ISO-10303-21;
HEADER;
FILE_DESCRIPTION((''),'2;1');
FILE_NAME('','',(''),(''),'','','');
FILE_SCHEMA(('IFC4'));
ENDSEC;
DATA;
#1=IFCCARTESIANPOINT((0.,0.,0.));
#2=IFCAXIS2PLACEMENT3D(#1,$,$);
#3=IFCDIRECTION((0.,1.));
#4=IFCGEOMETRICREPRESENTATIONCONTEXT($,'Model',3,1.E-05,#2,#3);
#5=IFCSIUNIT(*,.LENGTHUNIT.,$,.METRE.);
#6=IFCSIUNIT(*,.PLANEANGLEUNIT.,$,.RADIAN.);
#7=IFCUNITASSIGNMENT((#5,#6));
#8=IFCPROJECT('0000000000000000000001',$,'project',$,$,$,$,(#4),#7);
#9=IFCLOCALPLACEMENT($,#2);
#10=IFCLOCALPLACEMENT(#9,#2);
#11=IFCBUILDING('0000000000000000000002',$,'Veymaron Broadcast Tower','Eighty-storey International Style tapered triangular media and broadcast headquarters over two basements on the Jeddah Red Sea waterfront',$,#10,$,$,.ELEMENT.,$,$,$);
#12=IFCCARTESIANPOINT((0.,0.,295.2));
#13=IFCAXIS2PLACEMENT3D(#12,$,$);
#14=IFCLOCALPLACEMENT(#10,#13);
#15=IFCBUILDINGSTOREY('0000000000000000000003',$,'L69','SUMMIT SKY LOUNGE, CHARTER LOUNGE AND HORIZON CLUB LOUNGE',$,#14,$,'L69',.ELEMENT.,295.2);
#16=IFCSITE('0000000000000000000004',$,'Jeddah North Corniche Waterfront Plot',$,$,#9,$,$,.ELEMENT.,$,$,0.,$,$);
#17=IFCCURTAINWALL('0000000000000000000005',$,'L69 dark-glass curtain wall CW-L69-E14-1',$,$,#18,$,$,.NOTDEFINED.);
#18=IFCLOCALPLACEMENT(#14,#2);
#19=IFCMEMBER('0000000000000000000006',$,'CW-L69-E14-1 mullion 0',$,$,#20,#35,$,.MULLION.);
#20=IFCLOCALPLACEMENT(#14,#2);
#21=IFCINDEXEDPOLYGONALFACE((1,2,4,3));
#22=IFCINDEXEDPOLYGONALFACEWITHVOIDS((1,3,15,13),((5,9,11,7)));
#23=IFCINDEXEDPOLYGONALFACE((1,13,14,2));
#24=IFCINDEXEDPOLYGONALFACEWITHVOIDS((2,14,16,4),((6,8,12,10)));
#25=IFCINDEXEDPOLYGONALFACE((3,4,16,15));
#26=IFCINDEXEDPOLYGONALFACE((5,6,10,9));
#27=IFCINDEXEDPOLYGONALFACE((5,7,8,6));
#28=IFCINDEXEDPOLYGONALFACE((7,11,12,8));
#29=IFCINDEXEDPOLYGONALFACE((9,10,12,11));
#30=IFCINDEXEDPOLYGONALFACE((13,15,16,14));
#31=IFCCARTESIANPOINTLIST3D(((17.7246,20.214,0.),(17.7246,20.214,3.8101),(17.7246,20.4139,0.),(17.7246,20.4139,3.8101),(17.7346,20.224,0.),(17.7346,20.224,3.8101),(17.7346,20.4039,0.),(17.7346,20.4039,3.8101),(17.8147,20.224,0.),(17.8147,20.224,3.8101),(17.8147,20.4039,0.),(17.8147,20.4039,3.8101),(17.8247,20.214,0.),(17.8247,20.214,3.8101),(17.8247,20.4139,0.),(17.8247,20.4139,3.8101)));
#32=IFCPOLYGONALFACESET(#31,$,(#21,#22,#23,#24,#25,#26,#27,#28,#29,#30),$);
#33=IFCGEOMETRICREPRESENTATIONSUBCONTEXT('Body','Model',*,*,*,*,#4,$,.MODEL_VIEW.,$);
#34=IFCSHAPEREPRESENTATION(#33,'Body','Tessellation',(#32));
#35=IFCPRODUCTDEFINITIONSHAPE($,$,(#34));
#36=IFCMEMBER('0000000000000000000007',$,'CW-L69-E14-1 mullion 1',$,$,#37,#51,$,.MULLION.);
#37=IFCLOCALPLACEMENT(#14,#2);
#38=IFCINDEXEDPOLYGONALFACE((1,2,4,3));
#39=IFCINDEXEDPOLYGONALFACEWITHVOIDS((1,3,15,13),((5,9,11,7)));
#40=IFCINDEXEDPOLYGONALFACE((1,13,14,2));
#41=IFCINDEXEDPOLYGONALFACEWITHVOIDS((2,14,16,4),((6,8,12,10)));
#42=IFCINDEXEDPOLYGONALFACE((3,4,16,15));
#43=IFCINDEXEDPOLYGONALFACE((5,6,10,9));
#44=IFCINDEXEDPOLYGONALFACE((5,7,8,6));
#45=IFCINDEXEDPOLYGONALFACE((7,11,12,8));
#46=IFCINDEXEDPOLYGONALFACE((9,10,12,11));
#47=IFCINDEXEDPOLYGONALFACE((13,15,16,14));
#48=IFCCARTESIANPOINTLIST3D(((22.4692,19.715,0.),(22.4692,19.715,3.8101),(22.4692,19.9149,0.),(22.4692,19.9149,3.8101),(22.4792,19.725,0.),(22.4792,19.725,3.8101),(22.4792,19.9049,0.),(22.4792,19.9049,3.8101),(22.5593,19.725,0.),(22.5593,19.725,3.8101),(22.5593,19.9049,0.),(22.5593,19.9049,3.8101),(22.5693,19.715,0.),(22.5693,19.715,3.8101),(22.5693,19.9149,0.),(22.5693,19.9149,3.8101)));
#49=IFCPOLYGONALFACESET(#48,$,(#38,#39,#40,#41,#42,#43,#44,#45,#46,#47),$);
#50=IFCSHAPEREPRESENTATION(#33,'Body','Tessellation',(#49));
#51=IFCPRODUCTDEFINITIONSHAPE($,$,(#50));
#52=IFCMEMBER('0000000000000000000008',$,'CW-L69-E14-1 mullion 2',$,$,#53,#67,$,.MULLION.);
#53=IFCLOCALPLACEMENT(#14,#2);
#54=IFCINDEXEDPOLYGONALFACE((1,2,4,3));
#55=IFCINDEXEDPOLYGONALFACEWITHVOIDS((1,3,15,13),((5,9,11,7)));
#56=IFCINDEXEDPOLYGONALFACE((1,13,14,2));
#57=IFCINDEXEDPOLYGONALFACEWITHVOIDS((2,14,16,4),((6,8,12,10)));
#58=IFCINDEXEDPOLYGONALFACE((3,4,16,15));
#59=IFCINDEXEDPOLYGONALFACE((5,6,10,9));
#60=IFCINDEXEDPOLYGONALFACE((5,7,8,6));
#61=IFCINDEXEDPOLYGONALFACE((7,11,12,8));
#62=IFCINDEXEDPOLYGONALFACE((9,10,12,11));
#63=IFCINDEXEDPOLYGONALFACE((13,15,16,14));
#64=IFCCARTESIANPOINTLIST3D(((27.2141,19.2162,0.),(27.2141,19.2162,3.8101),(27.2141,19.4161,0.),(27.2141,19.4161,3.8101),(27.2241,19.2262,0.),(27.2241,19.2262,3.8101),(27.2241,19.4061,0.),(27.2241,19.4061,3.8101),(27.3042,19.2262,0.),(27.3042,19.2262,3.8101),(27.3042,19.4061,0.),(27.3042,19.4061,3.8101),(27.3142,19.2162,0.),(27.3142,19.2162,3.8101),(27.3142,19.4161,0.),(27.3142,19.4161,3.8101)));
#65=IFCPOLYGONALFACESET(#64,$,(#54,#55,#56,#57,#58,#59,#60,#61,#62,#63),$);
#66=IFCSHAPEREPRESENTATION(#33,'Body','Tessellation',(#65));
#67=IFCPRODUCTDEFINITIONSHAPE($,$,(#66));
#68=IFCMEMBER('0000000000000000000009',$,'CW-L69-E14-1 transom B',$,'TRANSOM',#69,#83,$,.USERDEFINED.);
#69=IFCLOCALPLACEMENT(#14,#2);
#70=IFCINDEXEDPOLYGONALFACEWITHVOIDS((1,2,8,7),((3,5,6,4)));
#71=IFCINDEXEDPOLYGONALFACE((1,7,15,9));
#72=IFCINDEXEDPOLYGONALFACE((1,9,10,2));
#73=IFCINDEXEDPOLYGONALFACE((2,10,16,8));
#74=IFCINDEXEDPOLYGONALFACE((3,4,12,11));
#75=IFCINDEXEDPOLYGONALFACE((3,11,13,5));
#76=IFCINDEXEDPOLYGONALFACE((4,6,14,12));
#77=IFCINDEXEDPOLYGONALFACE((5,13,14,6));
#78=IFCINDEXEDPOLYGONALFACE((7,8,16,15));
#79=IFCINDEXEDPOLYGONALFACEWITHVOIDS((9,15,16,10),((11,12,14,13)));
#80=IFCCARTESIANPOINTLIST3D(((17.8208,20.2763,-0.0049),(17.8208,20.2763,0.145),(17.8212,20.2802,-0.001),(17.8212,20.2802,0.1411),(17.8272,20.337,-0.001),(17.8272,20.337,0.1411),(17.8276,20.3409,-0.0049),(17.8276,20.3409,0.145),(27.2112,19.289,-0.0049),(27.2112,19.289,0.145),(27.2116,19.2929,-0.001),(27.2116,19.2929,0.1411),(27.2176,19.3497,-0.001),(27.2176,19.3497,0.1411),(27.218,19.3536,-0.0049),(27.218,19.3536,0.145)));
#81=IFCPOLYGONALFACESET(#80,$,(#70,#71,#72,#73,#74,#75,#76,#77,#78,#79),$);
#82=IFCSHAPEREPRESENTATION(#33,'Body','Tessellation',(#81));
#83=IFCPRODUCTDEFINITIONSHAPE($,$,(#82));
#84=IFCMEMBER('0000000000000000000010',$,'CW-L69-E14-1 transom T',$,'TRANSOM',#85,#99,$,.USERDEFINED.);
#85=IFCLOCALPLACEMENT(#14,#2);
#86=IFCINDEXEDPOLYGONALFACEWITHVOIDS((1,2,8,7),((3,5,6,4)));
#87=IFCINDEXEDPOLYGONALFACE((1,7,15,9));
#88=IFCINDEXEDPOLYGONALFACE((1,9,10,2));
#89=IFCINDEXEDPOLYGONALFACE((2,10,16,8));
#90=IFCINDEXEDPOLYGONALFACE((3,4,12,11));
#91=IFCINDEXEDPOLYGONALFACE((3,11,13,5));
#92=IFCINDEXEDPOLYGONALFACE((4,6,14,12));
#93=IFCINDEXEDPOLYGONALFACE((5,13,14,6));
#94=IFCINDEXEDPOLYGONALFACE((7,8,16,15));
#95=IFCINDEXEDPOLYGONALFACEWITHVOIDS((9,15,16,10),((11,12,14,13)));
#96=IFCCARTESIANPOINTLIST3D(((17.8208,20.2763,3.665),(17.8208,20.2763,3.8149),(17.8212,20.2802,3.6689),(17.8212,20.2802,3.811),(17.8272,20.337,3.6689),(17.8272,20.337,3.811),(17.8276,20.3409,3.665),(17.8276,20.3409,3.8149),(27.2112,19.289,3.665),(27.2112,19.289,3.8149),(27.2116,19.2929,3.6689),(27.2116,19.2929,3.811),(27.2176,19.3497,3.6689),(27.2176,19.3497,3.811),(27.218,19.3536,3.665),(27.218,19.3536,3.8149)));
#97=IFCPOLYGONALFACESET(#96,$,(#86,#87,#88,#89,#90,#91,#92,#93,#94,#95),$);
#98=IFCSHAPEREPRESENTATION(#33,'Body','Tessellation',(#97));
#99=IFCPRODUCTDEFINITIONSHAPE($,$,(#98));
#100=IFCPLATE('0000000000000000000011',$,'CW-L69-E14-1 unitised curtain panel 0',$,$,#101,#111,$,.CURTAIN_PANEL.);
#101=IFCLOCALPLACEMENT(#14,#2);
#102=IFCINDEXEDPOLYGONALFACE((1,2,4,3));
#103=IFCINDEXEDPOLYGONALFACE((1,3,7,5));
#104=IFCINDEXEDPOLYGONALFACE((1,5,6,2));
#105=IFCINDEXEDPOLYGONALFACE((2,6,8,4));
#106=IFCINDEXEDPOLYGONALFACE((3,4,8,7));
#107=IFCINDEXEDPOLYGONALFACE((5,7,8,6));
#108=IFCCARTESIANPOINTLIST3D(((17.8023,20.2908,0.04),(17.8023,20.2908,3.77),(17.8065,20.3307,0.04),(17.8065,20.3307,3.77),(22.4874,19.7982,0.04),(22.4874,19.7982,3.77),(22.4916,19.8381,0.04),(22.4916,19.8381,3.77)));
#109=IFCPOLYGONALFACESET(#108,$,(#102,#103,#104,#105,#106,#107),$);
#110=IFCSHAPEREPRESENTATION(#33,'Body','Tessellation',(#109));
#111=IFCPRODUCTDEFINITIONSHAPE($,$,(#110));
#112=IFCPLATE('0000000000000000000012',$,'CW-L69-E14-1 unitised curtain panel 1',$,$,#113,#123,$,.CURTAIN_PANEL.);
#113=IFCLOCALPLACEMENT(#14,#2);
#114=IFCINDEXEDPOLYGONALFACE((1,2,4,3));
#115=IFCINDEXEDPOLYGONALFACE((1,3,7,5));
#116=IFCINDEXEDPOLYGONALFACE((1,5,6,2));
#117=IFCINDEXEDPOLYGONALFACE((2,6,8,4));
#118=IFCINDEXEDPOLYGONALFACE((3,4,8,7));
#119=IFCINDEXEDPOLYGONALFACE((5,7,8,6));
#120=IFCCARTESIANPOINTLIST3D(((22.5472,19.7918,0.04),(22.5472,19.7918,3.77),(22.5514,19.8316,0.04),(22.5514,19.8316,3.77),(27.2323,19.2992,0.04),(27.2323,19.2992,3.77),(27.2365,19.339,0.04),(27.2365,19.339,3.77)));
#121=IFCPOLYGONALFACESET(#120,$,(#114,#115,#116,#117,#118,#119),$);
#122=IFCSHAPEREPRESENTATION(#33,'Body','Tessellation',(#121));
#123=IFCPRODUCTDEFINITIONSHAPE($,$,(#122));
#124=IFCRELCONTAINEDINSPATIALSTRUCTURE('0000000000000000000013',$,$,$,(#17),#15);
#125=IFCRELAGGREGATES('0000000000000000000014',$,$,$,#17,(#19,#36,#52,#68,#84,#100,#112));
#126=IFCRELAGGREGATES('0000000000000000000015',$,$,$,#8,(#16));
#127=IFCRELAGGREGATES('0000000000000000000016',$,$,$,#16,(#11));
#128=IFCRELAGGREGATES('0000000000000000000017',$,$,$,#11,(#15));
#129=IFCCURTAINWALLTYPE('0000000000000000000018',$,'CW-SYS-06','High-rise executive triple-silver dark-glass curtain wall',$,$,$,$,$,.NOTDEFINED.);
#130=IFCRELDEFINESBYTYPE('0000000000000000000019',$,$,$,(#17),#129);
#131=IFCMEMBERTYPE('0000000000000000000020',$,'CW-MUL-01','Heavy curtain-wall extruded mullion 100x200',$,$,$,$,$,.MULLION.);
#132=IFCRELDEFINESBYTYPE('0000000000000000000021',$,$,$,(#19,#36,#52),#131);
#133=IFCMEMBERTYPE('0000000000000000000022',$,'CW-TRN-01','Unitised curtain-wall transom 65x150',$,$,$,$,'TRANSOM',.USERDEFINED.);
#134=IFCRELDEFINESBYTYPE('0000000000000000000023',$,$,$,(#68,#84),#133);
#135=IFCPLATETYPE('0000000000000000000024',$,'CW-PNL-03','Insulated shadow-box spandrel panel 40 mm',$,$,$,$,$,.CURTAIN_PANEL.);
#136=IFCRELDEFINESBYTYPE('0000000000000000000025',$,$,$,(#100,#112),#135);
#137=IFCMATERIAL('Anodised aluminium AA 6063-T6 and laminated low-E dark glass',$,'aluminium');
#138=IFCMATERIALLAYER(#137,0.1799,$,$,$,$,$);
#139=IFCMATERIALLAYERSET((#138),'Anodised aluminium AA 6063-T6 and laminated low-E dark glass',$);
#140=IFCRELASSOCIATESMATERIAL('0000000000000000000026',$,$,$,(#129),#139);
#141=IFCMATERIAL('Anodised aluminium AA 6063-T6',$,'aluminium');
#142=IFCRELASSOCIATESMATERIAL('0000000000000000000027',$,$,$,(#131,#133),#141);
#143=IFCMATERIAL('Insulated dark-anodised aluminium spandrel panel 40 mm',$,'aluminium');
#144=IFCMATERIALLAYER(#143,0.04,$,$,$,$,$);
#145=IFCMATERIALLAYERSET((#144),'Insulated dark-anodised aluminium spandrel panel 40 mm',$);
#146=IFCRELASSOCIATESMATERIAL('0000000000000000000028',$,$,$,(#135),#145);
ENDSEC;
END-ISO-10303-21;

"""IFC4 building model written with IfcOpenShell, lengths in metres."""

from ifc_helpers import new_model, si_unit, direction, frame, origin, origin_2d, place, context, subcontext, project, spatial, rectangle, hollow_rectangle, extrude, material, layer, layer_set, material_profile, profile_set, type_object, element, aggregate, save


model = new_model("IFC4")

# Units and contexts
model_context = context("Model", 3, precision=1e-05, world=origin(), true_north=direction((0.0, 1.0)))
body_context = subcontext(model_context, "Body", "Model", "MODEL_VIEW")
ifc_project = project(units=[si_unit("LENGTHUNIT", "METRE"), si_unit("PLANEANGLEUNIT", "RADIAN")], contexts=[model_context])

# Site, building, storey
site_placement = place(None, origin())
site = spatial("IfcSite", under=ifc_project, at=site_placement, Name="Jeddah North Corniche Waterfront Plot", CompositionType="ELEMENT", RefElevation=0.0)
building_placement = place(site_placement, origin())
building = spatial("IfcBuilding", under=site, at=building_placement, Name="Veymaron Broadcast Tower", Description="Eighty-storey International Style tapered triangular media and broadcast headquarters over two basements on the Jeddah Red Sea waterfront", CompositionType="ELEMENT")
storey_placement = place(building_placement, frame((0.0, 0.0, 295.2)))
storey = spatial("IfcBuildingStorey", under=building, at=storey_placement, Name="L69", Description="SUMMIT SKY LOUNGE, CHARTER LOUNGE AND HORIZON CLUB LOUNGE", LongName="L69", CompositionType="ELEMENT", Elevation=295.2)

# Curtain wall, members, plates
ifc_material_1 = material(Name="Anodised aluminium AA 6063-T6 and laminated low-E dark glass", Category="aluminium")
ifc_layer_1 = layer(ifc_material_1, 0.1799)
ifc_layer_set_1 = layer_set([ifc_layer_1], Name="Anodised aluminium AA 6063-T6 and laminated low-E dark glass")
curtain_wall_type = type_object("IfcCurtainWallType", Name="CW-SYS-06", Description="High-rise executive triple-silver dark-glass curtain wall", PredefinedType="NOTDEFINED", material=ifc_layer_set_1)
curtain_wall_placement = place(storey_placement, origin())
curtain_wall = element("IfcCurtainWall", 1, at=curtain_wall_placement, inside=storey, type_object=curtain_wall_type, Name="L69 dark-glass curtain wall CW-L69-E14-1", PredefinedType="NOTDEFINED")
ifc_material_2 = material(Name="Anodised aluminium AA 6063-T6", Category="aluminium")
ifc_material_profile_1 = material_profile(ifc_material_2, hollow_rectangle(XDim=0.1001, YDim=0.2, WallThickness=0.01, at=origin_2d()), Name="RHS200X100X10")
ifc_profile_set_1 = profile_set([ifc_material_profile_1], Name="Anodised aluminium AA 6063-T6")
member_type_1 = type_object("IfcMemberType", Name="CW-MUL-01", Description="Heavy curtain-wall extruded mullion 100x200", PredefinedType="MULLION", material=ifc_profile_set_1)
member_1_placement = place(storey_placement, frame((17.7747, 20.314, 0.0), z_axis=(0.0, 0.0, 1.0), x_axis=(1.0, 0.0, 0.0)))
member_1 = element("IfcMember", 2, at=member_1_placement, type_object=member_type_1, Name="CW-L69-E14-1 mullion 0", PredefinedType="MULLION", context=body_context, shape_type="SweptSolid", body=[
    extrude(hollow_rectangle(XDim=0.1001, YDim=0.2, WallThickness=0.01, at=origin_2d()), origin(), (0.0, 0.0, 1.0), 3.8101),
])
member_2_placement = place(storey_placement, frame((22.5193, 19.8149, 0.0), z_axis=(0.0, 0.0, 1.0), x_axis=(1.0, 0.0, 0.0)))
member_2 = element("IfcMember", 3, at=member_2_placement, type_object=member_type_1, Name="CW-L69-E14-1 mullion 1", PredefinedType="MULLION", context=body_context, shape_type="SweptSolid", body=[
    extrude(hollow_rectangle(XDim=0.1001, YDim=0.2, WallThickness=0.01, at=origin_2d()), origin(), (0.0, 0.0, 1.0), 3.8101),
])
member_3_placement = place(storey_placement, frame((27.2642, 19.3162, 0.0), z_axis=(0.0, 0.0, 1.0), x_axis=(1.0, 0.0, 0.0)))
member_3 = element("IfcMember", 4, at=member_3_placement, type_object=member_type_1, Name="CW-L69-E14-1 mullion 2", PredefinedType="MULLION", context=body_context, shape_type="SweptSolid", body=[
    extrude(hollow_rectangle(XDim=0.1001, YDim=0.2, WallThickness=0.01, at=origin_2d()), origin(), (0.0, 0.0, 1.0), 3.8101),
])
ifc_material_profile_2 = material_profile(ifc_material_2, hollow_rectangle(XDim=0.0649, YDim=0.1499, WallThickness=0.0039, at=origin_2d()), Name="AL150X65X4")
ifc_profile_set_2 = profile_set([ifc_material_profile_2], Name="Anodised aluminium AA 6063-T6")
member_type_2 = type_object("IfcMemberType", Name="CW-TRN-01", Description="Unitised curtain-wall transom 65x150", ElementType="TRANSOM", PredefinedType="USERDEFINED", material=ifc_profile_set_2)
member_4_placement = place(storey_placement, frame((17.8242, 20.3086, 0.0701), z_axis=(0.994518, -0.104564, 0.0), x_axis=(0.104564, 0.994518, 0.0)))
member_4 = element("IfcMember", 5, at=member_4_placement, type_object=member_type_2, Name="CW-L69-E14-1 transom B", ObjectType="TRANSOM", PredefinedType="USERDEFINED", context=body_context, shape_type="SweptSolid", body=[
    extrude(hollow_rectangle(XDim=0.0649, YDim=0.1499, WallThickness=0.0039, at=origin_2d()), origin(), (0.0, 0.0, 1.0), 9.4421),
])
member_5_placement = place(storey_placement, frame((17.8242, 20.3086, 3.74), z_axis=(0.994518, -0.104564, 0.0), x_axis=(0.104564, 0.994518, 0.0)))
member_5 = element("IfcMember", 6, at=member_5_placement, type_object=member_type_2, Name="CW-L69-E14-1 transom T", ObjectType="TRANSOM", PredefinedType="USERDEFINED", context=body_context, shape_type="SweptSolid", body=[
    extrude(hollow_rectangle(XDim=0.0649, YDim=0.1499, WallThickness=0.0039, at=origin_2d()), origin(), (0.0, 0.0, 1.0), 9.4421),
])
ifc_material_3 = material(Name="Insulated dark-anodised aluminium spandrel panel 40 mm", Category="aluminium")
ifc_layer_2 = layer(ifc_material_3, 0.04)
ifc_layer_set_2 = layer_set([ifc_layer_2], Name="Insulated dark-anodised aluminium spandrel panel 40 mm")
plate_type = type_object("IfcPlateType", Name="CW-PNL-03", Description="Insulated shadow-box spandrel panel 40 mm", PredefinedType="CURTAIN_PANEL", material=ifc_layer_set_2)
plate_1_placement = place(storey_placement, frame((20.147, 20.0645, 0.04), z_axis=(0.0, 0.0, 1.0), x_axis=(0.994518, -0.104563, 0.0)))
plate_1 = element("IfcPlate", 7, at=plate_1_placement, type_object=plate_type, Name="CW-L69-E14-1 unitised curtain panel 0", PredefinedType="CURTAIN_PANEL", context=body_context, shape_type="SweptSolid", body=[
    extrude(rectangle(XDim=4.7109, YDim=0.04, at=origin_2d()), origin(), (0.0, 0.0, 1.0), 3.73),
])
plate_2_placement = place(storey_placement, frame((24.8918, 19.5654, 0.04), z_axis=(0.0, 0.0, 1.0), x_axis=(0.994518, -0.104563, 0.0)))
plate_2 = element("IfcPlate", 8, at=plate_2_placement, type_object=plate_type, Name="CW-L69-E14-1 unitised curtain panel 1", PredefinedType="CURTAIN_PANEL", context=body_context, shape_type="SweptSolid", body=[
    extrude(rectangle(XDim=4.7109, YDim=0.04, at=origin_2d()), origin(), (0.0, 0.0, 1.0), 3.73),
])
aggregate(curtain_wall, [member_1, member_2, member_3, member_4, member_5, plate_1, plate_2])

save(model, "model.ifc")
